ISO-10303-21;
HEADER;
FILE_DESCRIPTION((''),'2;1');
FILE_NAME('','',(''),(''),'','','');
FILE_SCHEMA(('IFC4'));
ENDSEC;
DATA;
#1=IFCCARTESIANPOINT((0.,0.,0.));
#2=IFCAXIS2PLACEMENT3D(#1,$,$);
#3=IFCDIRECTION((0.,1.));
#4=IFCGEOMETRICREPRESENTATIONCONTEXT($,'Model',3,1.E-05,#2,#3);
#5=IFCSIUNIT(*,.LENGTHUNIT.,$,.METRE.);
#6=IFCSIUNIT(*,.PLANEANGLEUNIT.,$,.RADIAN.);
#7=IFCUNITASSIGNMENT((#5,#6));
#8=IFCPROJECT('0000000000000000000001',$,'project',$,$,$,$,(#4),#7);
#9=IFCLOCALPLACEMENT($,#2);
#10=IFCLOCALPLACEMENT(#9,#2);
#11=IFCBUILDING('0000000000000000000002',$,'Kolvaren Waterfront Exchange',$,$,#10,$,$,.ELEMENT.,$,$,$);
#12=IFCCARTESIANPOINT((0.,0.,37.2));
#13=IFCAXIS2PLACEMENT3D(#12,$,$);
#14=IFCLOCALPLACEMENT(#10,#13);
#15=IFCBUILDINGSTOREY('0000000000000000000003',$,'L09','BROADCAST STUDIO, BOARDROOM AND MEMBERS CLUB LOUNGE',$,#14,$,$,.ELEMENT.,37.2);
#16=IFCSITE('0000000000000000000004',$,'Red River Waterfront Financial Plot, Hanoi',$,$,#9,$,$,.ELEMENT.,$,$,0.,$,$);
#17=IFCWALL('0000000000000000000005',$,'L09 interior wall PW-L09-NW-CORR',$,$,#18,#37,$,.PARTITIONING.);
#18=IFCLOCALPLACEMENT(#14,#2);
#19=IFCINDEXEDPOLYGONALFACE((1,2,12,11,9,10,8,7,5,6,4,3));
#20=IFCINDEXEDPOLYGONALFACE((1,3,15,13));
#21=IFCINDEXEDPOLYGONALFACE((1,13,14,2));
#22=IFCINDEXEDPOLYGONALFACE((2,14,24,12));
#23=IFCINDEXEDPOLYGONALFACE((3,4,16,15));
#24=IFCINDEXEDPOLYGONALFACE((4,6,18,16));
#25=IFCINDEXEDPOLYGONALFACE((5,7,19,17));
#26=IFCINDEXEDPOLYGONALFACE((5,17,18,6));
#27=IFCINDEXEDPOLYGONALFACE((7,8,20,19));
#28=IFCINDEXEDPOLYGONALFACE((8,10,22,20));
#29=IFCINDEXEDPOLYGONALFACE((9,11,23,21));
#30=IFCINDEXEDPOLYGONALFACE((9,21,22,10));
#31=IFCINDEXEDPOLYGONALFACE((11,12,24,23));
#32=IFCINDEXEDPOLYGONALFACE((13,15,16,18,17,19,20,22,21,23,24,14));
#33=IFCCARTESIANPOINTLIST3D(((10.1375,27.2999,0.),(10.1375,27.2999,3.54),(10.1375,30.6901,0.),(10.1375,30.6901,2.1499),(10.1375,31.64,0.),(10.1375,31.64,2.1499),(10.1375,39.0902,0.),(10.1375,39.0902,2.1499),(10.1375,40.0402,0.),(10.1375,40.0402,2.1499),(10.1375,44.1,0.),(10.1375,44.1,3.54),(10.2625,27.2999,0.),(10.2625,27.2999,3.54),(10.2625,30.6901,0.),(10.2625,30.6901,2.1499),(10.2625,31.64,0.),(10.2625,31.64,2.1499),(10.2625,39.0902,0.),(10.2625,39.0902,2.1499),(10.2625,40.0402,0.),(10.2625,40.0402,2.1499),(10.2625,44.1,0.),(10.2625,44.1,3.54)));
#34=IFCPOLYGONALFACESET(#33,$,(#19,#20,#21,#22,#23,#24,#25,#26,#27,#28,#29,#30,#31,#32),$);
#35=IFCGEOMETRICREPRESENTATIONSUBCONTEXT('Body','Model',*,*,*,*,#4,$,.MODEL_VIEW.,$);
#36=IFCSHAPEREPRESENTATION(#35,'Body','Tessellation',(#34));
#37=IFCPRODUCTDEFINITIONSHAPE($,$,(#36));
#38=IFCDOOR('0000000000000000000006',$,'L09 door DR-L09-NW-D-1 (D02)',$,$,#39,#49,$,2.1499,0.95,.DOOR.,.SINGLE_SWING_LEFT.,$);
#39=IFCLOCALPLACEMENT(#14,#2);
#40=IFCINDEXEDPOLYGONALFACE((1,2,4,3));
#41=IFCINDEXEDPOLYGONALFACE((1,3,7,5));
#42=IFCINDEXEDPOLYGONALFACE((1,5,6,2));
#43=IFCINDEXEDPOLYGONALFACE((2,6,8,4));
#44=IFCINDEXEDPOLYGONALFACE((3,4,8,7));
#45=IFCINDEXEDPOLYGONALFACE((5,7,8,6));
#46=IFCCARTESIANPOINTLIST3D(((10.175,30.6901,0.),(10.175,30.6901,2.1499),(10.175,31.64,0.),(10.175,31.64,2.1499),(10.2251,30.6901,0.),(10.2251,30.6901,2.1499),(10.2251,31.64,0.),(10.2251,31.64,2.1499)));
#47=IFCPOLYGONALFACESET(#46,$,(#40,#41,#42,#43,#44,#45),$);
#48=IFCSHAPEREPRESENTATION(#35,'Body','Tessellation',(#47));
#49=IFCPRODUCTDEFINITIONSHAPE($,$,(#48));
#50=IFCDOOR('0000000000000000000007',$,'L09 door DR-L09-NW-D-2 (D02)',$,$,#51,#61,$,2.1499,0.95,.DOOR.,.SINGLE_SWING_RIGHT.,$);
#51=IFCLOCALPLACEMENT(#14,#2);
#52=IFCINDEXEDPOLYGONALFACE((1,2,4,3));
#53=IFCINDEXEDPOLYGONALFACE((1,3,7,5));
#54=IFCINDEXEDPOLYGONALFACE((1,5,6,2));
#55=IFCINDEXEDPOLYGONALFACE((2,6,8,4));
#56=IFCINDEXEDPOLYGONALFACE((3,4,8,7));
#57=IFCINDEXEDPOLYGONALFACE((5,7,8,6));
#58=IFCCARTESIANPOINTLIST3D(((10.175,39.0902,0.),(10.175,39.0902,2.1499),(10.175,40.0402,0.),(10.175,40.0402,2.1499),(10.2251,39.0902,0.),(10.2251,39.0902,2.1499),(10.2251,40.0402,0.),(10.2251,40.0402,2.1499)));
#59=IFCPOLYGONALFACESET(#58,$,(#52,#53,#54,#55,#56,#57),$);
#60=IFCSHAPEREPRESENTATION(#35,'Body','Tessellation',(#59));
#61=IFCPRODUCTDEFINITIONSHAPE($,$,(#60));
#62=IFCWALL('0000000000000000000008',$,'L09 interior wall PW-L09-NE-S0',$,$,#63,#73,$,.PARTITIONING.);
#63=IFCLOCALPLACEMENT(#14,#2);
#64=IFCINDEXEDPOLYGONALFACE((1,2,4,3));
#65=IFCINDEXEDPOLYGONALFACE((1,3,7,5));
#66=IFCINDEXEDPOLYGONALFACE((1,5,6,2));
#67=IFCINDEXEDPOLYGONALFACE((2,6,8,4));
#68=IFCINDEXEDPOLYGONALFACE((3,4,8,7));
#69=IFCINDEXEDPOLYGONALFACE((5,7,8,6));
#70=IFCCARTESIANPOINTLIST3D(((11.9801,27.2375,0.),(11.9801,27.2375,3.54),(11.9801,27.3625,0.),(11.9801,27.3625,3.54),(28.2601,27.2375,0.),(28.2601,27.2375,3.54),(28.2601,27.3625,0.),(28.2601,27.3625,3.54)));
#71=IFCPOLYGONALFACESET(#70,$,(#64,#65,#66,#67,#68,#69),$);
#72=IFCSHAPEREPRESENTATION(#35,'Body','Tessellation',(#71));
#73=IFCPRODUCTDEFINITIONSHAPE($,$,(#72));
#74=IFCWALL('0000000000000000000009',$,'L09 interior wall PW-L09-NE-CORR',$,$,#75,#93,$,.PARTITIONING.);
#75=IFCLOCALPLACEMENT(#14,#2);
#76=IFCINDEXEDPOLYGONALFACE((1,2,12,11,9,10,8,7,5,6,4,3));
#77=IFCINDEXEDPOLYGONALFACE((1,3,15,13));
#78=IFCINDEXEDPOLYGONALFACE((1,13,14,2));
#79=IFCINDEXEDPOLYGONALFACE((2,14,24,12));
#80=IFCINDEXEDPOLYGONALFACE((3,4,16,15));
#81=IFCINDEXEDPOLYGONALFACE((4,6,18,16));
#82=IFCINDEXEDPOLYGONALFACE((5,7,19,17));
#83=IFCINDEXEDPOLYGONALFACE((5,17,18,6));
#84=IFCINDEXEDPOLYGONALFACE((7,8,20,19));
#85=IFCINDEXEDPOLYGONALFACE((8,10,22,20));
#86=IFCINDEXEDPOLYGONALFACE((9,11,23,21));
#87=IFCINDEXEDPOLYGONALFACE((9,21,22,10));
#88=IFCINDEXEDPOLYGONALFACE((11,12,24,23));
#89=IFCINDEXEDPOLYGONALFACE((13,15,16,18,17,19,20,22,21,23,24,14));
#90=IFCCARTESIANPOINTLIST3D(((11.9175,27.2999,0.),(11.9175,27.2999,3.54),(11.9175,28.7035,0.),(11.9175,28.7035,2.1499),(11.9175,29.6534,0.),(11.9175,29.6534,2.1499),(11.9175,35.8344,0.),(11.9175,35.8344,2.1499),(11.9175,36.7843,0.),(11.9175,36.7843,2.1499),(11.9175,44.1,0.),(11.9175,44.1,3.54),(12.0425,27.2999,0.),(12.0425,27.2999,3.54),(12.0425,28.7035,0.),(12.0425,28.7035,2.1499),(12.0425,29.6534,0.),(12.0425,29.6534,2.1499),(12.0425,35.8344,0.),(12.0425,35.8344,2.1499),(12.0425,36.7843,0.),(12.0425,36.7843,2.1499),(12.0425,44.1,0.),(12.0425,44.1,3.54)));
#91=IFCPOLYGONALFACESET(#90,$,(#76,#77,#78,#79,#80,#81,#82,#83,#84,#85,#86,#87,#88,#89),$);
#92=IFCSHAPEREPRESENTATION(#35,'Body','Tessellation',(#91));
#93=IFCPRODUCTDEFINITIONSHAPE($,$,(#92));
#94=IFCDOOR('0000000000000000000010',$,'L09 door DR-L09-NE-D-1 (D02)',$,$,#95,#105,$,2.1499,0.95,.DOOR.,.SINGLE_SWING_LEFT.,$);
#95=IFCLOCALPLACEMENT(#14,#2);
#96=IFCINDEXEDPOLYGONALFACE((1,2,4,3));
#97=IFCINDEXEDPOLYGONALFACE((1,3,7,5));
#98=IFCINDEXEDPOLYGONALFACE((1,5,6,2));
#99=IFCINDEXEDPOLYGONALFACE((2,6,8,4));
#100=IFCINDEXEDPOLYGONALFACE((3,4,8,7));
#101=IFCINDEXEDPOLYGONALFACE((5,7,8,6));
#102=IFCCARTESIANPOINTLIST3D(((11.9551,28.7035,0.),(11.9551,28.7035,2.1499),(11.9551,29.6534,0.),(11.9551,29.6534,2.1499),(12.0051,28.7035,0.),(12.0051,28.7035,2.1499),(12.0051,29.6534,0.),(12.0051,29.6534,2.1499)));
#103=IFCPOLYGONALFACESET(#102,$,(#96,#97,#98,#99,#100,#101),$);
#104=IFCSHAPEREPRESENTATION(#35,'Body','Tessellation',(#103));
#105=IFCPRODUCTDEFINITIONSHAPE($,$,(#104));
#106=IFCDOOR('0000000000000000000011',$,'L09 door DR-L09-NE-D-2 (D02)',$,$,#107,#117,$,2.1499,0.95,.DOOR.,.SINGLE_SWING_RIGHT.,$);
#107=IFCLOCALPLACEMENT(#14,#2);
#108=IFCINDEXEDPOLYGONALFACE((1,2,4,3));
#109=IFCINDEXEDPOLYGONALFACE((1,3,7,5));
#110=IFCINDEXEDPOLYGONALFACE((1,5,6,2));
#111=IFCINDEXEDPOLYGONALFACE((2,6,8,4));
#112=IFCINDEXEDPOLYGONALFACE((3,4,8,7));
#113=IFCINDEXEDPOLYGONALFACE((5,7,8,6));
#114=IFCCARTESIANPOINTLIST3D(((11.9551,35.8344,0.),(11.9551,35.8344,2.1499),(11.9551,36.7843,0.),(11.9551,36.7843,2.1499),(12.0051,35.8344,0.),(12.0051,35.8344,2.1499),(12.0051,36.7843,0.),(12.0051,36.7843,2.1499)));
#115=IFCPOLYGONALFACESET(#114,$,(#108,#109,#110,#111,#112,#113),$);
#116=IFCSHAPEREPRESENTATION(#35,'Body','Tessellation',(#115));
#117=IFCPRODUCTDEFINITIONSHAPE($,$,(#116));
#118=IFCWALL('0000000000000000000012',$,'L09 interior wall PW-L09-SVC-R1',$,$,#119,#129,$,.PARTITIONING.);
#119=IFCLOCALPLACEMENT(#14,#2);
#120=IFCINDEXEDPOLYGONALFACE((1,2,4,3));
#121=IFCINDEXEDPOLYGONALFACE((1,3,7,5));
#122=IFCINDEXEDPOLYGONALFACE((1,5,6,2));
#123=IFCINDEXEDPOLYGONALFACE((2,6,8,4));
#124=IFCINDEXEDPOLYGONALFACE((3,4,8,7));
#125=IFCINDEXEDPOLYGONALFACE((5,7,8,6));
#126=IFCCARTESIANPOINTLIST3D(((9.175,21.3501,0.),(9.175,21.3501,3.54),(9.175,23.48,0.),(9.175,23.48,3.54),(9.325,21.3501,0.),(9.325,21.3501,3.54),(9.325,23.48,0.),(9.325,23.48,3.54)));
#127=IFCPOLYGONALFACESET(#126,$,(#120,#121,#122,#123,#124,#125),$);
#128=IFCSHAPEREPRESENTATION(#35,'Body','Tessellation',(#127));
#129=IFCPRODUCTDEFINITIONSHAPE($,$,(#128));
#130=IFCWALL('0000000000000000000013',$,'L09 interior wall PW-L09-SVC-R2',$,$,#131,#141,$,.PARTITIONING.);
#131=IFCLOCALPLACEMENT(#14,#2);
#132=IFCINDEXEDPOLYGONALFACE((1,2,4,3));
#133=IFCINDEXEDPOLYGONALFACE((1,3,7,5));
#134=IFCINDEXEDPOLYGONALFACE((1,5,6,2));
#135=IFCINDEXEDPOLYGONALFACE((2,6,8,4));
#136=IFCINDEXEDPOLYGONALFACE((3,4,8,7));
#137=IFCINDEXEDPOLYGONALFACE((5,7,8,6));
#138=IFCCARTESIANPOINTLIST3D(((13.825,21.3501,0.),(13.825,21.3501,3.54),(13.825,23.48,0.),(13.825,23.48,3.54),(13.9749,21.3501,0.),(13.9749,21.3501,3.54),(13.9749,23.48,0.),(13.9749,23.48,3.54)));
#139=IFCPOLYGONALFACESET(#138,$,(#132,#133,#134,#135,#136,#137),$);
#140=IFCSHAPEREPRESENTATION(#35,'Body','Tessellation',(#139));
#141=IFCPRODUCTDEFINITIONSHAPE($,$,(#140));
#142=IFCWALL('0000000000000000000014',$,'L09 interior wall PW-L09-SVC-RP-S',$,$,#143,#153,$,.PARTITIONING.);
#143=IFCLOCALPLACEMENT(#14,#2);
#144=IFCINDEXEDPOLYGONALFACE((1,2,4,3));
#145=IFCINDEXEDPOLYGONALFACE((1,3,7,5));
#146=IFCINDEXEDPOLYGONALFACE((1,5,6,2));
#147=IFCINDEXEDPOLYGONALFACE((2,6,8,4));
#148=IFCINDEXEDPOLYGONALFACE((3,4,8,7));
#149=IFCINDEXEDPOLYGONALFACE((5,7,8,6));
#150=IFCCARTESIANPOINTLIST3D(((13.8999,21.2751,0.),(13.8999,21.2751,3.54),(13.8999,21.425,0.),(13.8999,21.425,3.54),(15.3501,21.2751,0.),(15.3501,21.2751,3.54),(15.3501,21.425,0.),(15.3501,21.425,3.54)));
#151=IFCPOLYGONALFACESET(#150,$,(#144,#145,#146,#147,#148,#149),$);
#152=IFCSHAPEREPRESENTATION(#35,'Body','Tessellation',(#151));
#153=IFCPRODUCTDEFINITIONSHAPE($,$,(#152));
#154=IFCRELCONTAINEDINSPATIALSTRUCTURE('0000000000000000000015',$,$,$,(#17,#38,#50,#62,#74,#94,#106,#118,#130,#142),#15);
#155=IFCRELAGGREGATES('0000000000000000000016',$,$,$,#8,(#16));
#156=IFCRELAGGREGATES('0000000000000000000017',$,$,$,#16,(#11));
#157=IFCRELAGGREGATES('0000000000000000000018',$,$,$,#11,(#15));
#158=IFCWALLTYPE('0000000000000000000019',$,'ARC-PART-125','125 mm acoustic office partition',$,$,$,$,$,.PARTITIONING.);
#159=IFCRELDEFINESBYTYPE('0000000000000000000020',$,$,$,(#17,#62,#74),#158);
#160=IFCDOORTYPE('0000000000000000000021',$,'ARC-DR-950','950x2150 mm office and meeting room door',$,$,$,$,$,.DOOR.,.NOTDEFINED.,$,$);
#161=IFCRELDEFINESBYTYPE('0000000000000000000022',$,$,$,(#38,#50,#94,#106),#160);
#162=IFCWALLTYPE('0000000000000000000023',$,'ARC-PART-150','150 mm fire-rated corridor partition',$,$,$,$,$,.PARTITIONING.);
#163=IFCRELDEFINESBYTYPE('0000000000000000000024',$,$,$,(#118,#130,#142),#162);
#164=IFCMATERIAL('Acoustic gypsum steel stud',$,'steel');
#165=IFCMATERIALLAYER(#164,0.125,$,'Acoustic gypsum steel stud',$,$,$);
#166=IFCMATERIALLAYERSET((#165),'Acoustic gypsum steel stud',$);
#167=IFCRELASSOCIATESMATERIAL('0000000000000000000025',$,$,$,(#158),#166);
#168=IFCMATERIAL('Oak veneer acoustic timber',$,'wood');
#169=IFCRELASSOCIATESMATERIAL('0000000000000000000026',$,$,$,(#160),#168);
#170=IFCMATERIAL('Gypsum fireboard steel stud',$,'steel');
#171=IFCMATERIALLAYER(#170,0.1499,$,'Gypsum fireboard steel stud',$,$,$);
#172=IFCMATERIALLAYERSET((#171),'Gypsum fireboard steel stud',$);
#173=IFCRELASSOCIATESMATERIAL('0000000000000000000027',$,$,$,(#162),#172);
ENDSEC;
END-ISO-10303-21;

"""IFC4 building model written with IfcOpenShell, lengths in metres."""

from ifc_helpers import new_model, si_unit, direction, frame, frame_2d, origin, place, context, subcontext, project, spatial, rectangle, extrude, material, layer, layer_set, type_object, element, fill, save


model = new_model("IFC4")

# Units and contexts
model_context = context("Model", 3, precision=1e-05, world=origin(), true_north=direction((0.0, 1.0)))
body_context = subcontext(model_context, "Body", "Model", "MODEL_VIEW")
ifc_project = project(units=[si_unit("LENGTHUNIT", "METRE"), si_unit("PLANEANGLEUNIT", "RADIAN")], contexts=[model_context])

# Site, building, storey
site_placement = place(None, origin())
site = spatial("IfcSite", under=ifc_project, at=site_placement, Name="Red River Waterfront Financial Plot, Hanoi", CompositionType="ELEMENT", RefElevation=0.0)
building_placement = place(site_placement, origin())
building = spatial("IfcBuilding", under=site, at=building_placement, Name="Kolvaren Waterfront Exchange", CompositionType="ELEMENT")
storey_placement = place(building_placement, frame((0.0, 0.0, 37.2)))
storey = spatial("IfcBuildingStorey", under=building, at=storey_placement, Name="L09", Description="BROADCAST STUDIO, BOARDROOM AND MEMBERS CLUB LOUNGE", CompositionType="ELEMENT", Elevation=37.2)

# Shared definitions
ifc_material_1 = material(Name="Acoustic gypsum steel stud", Category="steel")
ifc_layer_1 = layer(ifc_material_1, 0.125, Name="Acoustic gypsum steel stud")
ifc_layer_set_1 = layer_set([ifc_layer_1], Name="Acoustic gypsum steel stud")
wall_type_1 = type_object("IfcWallType", Name="ARC-PART-125", Description="125 mm acoustic office partition", PredefinedType="PARTITIONING", material=ifc_layer_set_1)

# Wall, openings, doors
wall_1_placement = place(storey_placement, frame((10.2, 27.3, 0.0), z_axis=(0.0, 0.0, 1.0), x_axis=(0.0, 1.0, 0.0)))
wall_1 = element("IfcWall", 1, at=wall_1_placement, inside=storey, type_object=wall_type_1, Name="L09 interior wall PW-L09-NW-CORR", PredefinedType="PARTITIONING", context=body_context, shape_type="SweptSolid", body=[
    extrude(rectangle(XDim=16.8, YDim=0.125, at=frame_2d((8.3999, 0.0))), origin(), (0.0, 0.0, 1.0), 3.54),
])
opening_1_placement = place(wall_1_placement, frame((3.3899, 0.0, 0.0)))
opening_1 = element("IfcOpeningElement", 2, at=opening_1_placement, cuts=wall_1, PredefinedType="OPENING", context=body_context, shape_type="SweptSolid", body=[
    extrude(rectangle(XDim=0.95, YDim=2.1499, at=frame_2d((0.4751, 1.075))), frame((0.0, 0.0725, 0.0), z_axis=(0.0, -1.0, 0.0), x_axis=(1.0, 0.0, 0.0)), (0.0, 0.0, 1.0), 0.145),
])
opening_2_placement = place(wall_1_placement, frame((11.79, 0.0, 0.0)))
opening_2 = element("IfcOpeningElement", 3, at=opening_2_placement, cuts=wall_1, PredefinedType="OPENING", context=body_context, shape_type="SweptSolid", body=[
    extrude(rectangle(XDim=0.95, YDim=2.1499, at=frame_2d((0.4751, 1.075))), frame((0.0, 0.0725, 0.0), z_axis=(0.0, -1.0, 0.0), x_axis=(1.0, 0.0, 0.0)), (0.0, 0.0, 1.0), 0.145),
])
ifc_material_2 = material(Name="Oak veneer acoustic timber", Category="wood")
door_type_1 = type_object("IfcDoorType", Name="ARC-DR-950", Description="950x2150 mm office and meeting room door", OperationType="NOTDEFINED", PredefinedType="DOOR", material=ifc_material_2)
door_1_placement = place(opening_1_placement, origin())
door_1 = element("IfcDoor", 4, at=door_1_placement, inside=storey, type_object=door_type_1, Name="L09 door DR-L09-NW-D-1 (D02)", OperationType="SINGLE_SWING_LEFT", OverallHeight=2.1499, OverallWidth=0.95, PredefinedType="DOOR", context=body_context, shape_type="SweptSolid", body=[
    extrude(rectangle(XDim=0.95, YDim=2.1499, at=frame_2d((0.4751, 1.075))), frame((0.0, 0.0249, 0.0), z_axis=(0.0, -1.0, 0.0), x_axis=(1.0, 0.0, 0.0)), (0.0, 0.0, 1.0), 0.05),
])
fill(opening_1, door_1)
door_2_placement = place(opening_2_placement, origin())
door_2 = element("IfcDoor", 5, at=door_2_placement, inside=storey, type_object=door_type_1, Name="L09 door DR-L09-NW-D-2 (D02)", OperationType="SINGLE_SWING_RIGHT", OverallHeight=2.1499, OverallWidth=0.95, PredefinedType="DOOR", context=body_context, shape_type="SweptSolid", body=[
    extrude(rectangle(XDim=0.95, YDim=2.1499, at=frame_2d((0.4751, 1.075))), frame((0.0, 0.0249, 0.0), z_axis=(0.0, -1.0, 0.0), x_axis=(1.0, 0.0, 0.0)), (0.0, 0.0, 1.0), 0.05),
])
fill(opening_2, door_2)

# Wall
wall_2_placement = place(storey_placement, frame((11.98, 27.3, 0.0), z_axis=(0.0, 0.0, 1.0), x_axis=(1.0, 0.0, 0.0)))
element("IfcWall", 6, at=wall_2_placement, inside=storey, type_object=wall_type_1, Name="L09 interior wall PW-L09-NE-S0", PredefinedType="PARTITIONING", context=body_context, shape_type="SweptSolid", body=[
    extrude(rectangle(XDim=16.28, YDim=0.125, at=frame_2d((8.1401, 0.0))), origin(), (0.0, 0.0, 1.0), 3.54),
])

# Wall, openings, doors
wall_3_placement = place(storey_placement, frame((11.98, 27.3, 0.0), z_axis=(0.0, 0.0, 1.0), x_axis=(0.0, 1.0, 0.0)))
wall_3 = element("IfcWall", 7, at=wall_3_placement, inside=storey, type_object=wall_type_1, Name="L09 interior wall PW-L09-NE-CORR", PredefinedType="PARTITIONING", context=body_context, shape_type="SweptSolid", body=[
    extrude(rectangle(XDim=16.8, YDim=0.125, at=frame_2d((8.3999, 0.0))), origin(), (0.0, 0.0, 1.0), 3.54),
])
opening_3_placement = place(wall_3_placement, frame((1.4033, 0.0, 0.0)))
opening_3 = element("IfcOpeningElement", 8, at=opening_3_placement, cuts=wall_3, PredefinedType="OPENING", context=body_context, shape_type="SweptSolid", body=[
    extrude(rectangle(XDim=0.95, YDim=2.1499, at=frame_2d((0.4751, 1.075))), frame((0.0, 0.0725, 0.0), z_axis=(0.0, -1.0, 0.0), x_axis=(1.0, 0.0, 0.0)), (0.0, 0.0, 1.0), 0.145),
])
opening_4_placement = place(wall_3_placement, frame((8.5342, 0.0, 0.0)))
opening_4 = element("IfcOpeningElement", 9, at=opening_4_placement, cuts=wall_3, PredefinedType="OPENING", context=body_context, shape_type="SweptSolid", body=[
    extrude(rectangle(XDim=0.95, YDim=2.1499, at=frame_2d((0.4751, 1.075))), frame((0.0, 0.0725, 0.0), z_axis=(0.0, -1.0, 0.0), x_axis=(1.0, 0.0, 0.0)), (0.0, 0.0, 1.0), 0.145),
])
door_3_placement = place(opening_3_placement, origin())
door_3 = element("IfcDoor", 10, at=door_3_placement, inside=storey, type_object=door_type_1, Name="L09 door DR-L09-NE-D-1 (D02)", OperationType="SINGLE_SWING_LEFT", OverallHeight=2.1499, OverallWidth=0.95, PredefinedType="DOOR", context=body_context, shape_type="SweptSolid", body=[
    extrude(rectangle(XDim=0.95, YDim=2.1499, at=frame_2d((0.4751, 1.075))), frame((0.0, 0.0249, 0.0), z_axis=(0.0, -1.0, 0.0), x_axis=(1.0, 0.0, 0.0)), (0.0, 0.0, 1.0), 0.05),
])
fill(opening_3, door_3)
door_4_placement = place(opening_4_placement, origin())
door_4 = element("IfcDoor", 11, at=door_4_placement, inside=storey, type_object=door_type_1, Name="L09 door DR-L09-NE-D-2 (D02)", OperationType="SINGLE_SWING_RIGHT", OverallHeight=2.1499, OverallWidth=0.95, PredefinedType="DOOR", context=body_context, shape_type="SweptSolid", body=[
    extrude(rectangle(XDim=0.95, YDim=2.1499, at=frame_2d((0.4751, 1.075))), frame((0.0, 0.0249, 0.0), z_axis=(0.0, -1.0, 0.0), x_axis=(1.0, 0.0, 0.0)), (0.0, 0.0, 1.0), 0.05),
])
fill(opening_4, door_4)

# Walls
ifc_material_3 = material(Name="Gypsum fireboard steel stud", Category="steel")
ifc_layer_2 = layer(ifc_material_3, 0.1499, Name="Gypsum fireboard steel stud")
ifc_layer_set_2 = layer_set([ifc_layer_2], Name="Gypsum fireboard steel stud")
wall_type_2 = type_object("IfcWallType", Name="ARC-PART-150", Description="150 mm fire-rated corridor partition", PredefinedType="PARTITIONING", material=ifc_layer_set_2)
for number, where, z_axis, x_axis, name in (
    (12, (9.25, 21.3501, 0.0), (0.0, 0.0, 1.0), (0.0, 1.0, 0.0), "L09 interior wall PW-L09-SVC-R1"),
    (13, (13.8999, 21.3501, 0.0), (0.0, 0.0, 1.0), (0.0, 1.0, 0.0), "L09 interior wall PW-L09-SVC-R2"),
):
    element("IfcWall", number, at=place(storey_placement, frame(where, z_axis=z_axis, x_axis=x_axis)), inside=storey, type_object=wall_type_2, Name=name, PredefinedType="PARTITIONING", context=body_context, shape_type="SweptSolid", body=[
        extrude(rectangle(XDim=2.1299, YDim=0.1499, at=frame_2d((1.0649, 0.0))), origin(), (0.0, 0.0, 1.0), 3.54),
    ])

# Wall
wall_4_placement = place(storey_placement, frame((13.8999, 21.3501, 0.0), z_axis=(0.0, 0.0, 1.0), x_axis=(1.0, 0.0, 0.0)))
element("IfcWall", 14, at=wall_4_placement, inside=storey, type_object=wall_type_2, Name="L09 interior wall PW-L09-SVC-RP-S", PredefinedType="PARTITIONING", context=body_context, shape_type="SweptSolid", body=[
    extrude(rectangle(XDim=1.4502, YDim=0.1499, at=frame_2d((0.7251, 0.0))), origin(), (0.0, 0.0, 1.0), 3.54),
])

save(model, "model.ifc")
